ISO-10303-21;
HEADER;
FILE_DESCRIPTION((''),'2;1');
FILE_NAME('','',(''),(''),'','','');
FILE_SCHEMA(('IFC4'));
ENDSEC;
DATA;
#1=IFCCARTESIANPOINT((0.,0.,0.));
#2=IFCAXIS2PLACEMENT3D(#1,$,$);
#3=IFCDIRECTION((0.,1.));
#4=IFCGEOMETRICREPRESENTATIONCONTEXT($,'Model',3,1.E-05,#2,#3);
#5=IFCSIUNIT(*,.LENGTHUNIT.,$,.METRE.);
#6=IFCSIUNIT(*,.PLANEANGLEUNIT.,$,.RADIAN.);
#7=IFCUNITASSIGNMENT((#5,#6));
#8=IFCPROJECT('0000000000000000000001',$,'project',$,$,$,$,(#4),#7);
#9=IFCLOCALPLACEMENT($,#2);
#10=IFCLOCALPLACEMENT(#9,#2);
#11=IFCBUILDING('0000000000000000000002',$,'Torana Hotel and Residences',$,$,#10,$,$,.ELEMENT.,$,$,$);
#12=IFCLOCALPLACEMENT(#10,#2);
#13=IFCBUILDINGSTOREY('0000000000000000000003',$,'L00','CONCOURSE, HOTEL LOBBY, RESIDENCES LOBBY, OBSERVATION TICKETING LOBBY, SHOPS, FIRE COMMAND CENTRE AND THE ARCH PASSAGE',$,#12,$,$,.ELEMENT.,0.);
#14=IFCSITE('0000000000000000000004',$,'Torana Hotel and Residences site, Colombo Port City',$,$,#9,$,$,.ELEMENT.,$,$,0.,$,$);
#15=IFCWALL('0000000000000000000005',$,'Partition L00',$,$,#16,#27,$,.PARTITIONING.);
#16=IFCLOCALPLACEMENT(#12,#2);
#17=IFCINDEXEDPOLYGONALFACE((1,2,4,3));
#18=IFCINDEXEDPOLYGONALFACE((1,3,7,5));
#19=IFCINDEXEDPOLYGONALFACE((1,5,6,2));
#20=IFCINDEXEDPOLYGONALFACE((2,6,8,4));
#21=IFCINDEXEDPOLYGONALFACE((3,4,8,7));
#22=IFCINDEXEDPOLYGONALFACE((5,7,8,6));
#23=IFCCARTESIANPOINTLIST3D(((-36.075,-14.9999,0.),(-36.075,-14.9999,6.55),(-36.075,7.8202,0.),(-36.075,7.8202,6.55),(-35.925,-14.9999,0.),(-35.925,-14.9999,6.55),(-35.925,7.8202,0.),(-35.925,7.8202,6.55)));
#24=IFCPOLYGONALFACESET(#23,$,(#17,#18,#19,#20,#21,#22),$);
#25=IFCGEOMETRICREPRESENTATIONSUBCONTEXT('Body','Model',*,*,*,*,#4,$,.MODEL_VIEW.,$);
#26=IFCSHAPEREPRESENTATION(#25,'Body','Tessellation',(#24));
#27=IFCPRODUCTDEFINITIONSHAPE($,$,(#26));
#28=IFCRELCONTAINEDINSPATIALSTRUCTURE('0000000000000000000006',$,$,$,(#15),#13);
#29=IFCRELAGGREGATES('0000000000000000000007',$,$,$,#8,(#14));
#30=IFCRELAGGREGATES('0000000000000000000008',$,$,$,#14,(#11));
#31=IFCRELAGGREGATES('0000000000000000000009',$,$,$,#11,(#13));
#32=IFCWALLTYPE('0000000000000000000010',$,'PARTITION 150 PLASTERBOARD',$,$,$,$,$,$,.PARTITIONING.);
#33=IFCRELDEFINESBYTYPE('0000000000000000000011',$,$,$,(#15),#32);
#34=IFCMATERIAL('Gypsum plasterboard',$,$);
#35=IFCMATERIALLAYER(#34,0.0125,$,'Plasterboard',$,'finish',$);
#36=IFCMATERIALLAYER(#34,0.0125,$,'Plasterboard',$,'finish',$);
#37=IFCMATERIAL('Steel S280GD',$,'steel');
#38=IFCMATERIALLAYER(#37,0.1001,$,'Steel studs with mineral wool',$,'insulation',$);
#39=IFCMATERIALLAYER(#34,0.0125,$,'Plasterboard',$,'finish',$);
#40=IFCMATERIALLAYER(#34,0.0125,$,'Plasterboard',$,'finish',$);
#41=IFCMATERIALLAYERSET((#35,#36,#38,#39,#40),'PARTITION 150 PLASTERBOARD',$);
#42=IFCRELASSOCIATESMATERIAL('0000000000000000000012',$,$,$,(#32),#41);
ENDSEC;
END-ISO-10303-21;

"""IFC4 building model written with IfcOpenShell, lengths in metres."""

from ifc_helpers import new_model, si_unit, direction, frame, frame_2d, origin, place, context, subcontext, project, spatial, rectangle, extrude, material, layer, layer_set, type_object, element, save


model = new_model("IFC4")

# Units and contexts
model_context = context("Model", 3, precision=1e-05, world=origin(), true_north=direction((0.0, 1.0)))
body_context = subcontext(model_context, "Body", "Model", "MODEL_VIEW")
ifc_project = project(units=[si_unit("LENGTHUNIT", "METRE"), si_unit("PLANEANGLEUNIT", "RADIAN")], contexts=[model_context])

# Site, building, storey
site_placement = place(None, origin())
site = spatial("IfcSite", under=ifc_project, at=site_placement, Name="Torana Hotel and Residences site, Colombo Port City", CompositionType="ELEMENT", RefElevation=0.0)
building_placement = place(site_placement, origin())
building = spatial("IfcBuilding", under=site, at=building_placement, Name="Torana Hotel and Residences", CompositionType="ELEMENT")
storey_placement = place(building_placement, origin())
storey = spatial("IfcBuildingStorey", under=building, at=storey_placement, Name="L00", Description="CONCOURSE, HOTEL LOBBY, RESIDENCES LOBBY, OBSERVATION TICKETING LOBBY, SHOPS, FIRE COMMAND CENTRE AND THE ARCH PASSAGE", CompositionType="ELEMENT", Elevation=0.0)

# Wall
ifc_material_1 = material(Name="Gypsum plasterboard")
ifc_layer_1 = layer(ifc_material_1, 0.0125, Name="Plasterboard", Category="finish")
ifc_layer_2 = layer(ifc_material_1, 0.0125, Name="Plasterboard", Category="finish")
ifc_material_2 = material(Name="Steel S280GD", Category="steel")
ifc_layer_3 = layer(ifc_material_2, 0.1001, Name="Steel studs with mineral wool", Category="insulation")
ifc_layer_4 = layer(ifc_material_1, 0.0125, Name="Plasterboard", Category="finish")
ifc_layer_5 = layer(ifc_material_1, 0.0125, Name="Plasterboard", Category="finish")
ifc_layer_set_1 = layer_set([ifc_layer_1, ifc_layer_2, ifc_layer_3, ifc_layer_4, ifc_layer_5], Name="PARTITION 150 PLASTERBOARD")
wall_type_1 = type_object("IfcWallType", Name="PARTITION 150 PLASTERBOARD", PredefinedType="PARTITIONING", material=ifc_layer_set_1)
wall_1_placement = place(storey_placement, frame((-36.0, -15.0, 0.0), z_axis=(0.0, 0.0, 1.0), x_axis=(0.0, 1.0, 0.0)))
element("IfcWall", 1, at=wall_1_placement, inside=storey, type_object=wall_type_1, Name="Partition L00", PredefinedType="PARTITIONING", context=body_context, shape_type="SweptSolid", body=[
    extrude(rectangle(XDim=22.8201, YDim=0.1499, at=frame_2d((11.4102, 0.0))), origin(), (0.0, 0.0, 1.0), 6.55),
])

save(model, "model.ifc")
